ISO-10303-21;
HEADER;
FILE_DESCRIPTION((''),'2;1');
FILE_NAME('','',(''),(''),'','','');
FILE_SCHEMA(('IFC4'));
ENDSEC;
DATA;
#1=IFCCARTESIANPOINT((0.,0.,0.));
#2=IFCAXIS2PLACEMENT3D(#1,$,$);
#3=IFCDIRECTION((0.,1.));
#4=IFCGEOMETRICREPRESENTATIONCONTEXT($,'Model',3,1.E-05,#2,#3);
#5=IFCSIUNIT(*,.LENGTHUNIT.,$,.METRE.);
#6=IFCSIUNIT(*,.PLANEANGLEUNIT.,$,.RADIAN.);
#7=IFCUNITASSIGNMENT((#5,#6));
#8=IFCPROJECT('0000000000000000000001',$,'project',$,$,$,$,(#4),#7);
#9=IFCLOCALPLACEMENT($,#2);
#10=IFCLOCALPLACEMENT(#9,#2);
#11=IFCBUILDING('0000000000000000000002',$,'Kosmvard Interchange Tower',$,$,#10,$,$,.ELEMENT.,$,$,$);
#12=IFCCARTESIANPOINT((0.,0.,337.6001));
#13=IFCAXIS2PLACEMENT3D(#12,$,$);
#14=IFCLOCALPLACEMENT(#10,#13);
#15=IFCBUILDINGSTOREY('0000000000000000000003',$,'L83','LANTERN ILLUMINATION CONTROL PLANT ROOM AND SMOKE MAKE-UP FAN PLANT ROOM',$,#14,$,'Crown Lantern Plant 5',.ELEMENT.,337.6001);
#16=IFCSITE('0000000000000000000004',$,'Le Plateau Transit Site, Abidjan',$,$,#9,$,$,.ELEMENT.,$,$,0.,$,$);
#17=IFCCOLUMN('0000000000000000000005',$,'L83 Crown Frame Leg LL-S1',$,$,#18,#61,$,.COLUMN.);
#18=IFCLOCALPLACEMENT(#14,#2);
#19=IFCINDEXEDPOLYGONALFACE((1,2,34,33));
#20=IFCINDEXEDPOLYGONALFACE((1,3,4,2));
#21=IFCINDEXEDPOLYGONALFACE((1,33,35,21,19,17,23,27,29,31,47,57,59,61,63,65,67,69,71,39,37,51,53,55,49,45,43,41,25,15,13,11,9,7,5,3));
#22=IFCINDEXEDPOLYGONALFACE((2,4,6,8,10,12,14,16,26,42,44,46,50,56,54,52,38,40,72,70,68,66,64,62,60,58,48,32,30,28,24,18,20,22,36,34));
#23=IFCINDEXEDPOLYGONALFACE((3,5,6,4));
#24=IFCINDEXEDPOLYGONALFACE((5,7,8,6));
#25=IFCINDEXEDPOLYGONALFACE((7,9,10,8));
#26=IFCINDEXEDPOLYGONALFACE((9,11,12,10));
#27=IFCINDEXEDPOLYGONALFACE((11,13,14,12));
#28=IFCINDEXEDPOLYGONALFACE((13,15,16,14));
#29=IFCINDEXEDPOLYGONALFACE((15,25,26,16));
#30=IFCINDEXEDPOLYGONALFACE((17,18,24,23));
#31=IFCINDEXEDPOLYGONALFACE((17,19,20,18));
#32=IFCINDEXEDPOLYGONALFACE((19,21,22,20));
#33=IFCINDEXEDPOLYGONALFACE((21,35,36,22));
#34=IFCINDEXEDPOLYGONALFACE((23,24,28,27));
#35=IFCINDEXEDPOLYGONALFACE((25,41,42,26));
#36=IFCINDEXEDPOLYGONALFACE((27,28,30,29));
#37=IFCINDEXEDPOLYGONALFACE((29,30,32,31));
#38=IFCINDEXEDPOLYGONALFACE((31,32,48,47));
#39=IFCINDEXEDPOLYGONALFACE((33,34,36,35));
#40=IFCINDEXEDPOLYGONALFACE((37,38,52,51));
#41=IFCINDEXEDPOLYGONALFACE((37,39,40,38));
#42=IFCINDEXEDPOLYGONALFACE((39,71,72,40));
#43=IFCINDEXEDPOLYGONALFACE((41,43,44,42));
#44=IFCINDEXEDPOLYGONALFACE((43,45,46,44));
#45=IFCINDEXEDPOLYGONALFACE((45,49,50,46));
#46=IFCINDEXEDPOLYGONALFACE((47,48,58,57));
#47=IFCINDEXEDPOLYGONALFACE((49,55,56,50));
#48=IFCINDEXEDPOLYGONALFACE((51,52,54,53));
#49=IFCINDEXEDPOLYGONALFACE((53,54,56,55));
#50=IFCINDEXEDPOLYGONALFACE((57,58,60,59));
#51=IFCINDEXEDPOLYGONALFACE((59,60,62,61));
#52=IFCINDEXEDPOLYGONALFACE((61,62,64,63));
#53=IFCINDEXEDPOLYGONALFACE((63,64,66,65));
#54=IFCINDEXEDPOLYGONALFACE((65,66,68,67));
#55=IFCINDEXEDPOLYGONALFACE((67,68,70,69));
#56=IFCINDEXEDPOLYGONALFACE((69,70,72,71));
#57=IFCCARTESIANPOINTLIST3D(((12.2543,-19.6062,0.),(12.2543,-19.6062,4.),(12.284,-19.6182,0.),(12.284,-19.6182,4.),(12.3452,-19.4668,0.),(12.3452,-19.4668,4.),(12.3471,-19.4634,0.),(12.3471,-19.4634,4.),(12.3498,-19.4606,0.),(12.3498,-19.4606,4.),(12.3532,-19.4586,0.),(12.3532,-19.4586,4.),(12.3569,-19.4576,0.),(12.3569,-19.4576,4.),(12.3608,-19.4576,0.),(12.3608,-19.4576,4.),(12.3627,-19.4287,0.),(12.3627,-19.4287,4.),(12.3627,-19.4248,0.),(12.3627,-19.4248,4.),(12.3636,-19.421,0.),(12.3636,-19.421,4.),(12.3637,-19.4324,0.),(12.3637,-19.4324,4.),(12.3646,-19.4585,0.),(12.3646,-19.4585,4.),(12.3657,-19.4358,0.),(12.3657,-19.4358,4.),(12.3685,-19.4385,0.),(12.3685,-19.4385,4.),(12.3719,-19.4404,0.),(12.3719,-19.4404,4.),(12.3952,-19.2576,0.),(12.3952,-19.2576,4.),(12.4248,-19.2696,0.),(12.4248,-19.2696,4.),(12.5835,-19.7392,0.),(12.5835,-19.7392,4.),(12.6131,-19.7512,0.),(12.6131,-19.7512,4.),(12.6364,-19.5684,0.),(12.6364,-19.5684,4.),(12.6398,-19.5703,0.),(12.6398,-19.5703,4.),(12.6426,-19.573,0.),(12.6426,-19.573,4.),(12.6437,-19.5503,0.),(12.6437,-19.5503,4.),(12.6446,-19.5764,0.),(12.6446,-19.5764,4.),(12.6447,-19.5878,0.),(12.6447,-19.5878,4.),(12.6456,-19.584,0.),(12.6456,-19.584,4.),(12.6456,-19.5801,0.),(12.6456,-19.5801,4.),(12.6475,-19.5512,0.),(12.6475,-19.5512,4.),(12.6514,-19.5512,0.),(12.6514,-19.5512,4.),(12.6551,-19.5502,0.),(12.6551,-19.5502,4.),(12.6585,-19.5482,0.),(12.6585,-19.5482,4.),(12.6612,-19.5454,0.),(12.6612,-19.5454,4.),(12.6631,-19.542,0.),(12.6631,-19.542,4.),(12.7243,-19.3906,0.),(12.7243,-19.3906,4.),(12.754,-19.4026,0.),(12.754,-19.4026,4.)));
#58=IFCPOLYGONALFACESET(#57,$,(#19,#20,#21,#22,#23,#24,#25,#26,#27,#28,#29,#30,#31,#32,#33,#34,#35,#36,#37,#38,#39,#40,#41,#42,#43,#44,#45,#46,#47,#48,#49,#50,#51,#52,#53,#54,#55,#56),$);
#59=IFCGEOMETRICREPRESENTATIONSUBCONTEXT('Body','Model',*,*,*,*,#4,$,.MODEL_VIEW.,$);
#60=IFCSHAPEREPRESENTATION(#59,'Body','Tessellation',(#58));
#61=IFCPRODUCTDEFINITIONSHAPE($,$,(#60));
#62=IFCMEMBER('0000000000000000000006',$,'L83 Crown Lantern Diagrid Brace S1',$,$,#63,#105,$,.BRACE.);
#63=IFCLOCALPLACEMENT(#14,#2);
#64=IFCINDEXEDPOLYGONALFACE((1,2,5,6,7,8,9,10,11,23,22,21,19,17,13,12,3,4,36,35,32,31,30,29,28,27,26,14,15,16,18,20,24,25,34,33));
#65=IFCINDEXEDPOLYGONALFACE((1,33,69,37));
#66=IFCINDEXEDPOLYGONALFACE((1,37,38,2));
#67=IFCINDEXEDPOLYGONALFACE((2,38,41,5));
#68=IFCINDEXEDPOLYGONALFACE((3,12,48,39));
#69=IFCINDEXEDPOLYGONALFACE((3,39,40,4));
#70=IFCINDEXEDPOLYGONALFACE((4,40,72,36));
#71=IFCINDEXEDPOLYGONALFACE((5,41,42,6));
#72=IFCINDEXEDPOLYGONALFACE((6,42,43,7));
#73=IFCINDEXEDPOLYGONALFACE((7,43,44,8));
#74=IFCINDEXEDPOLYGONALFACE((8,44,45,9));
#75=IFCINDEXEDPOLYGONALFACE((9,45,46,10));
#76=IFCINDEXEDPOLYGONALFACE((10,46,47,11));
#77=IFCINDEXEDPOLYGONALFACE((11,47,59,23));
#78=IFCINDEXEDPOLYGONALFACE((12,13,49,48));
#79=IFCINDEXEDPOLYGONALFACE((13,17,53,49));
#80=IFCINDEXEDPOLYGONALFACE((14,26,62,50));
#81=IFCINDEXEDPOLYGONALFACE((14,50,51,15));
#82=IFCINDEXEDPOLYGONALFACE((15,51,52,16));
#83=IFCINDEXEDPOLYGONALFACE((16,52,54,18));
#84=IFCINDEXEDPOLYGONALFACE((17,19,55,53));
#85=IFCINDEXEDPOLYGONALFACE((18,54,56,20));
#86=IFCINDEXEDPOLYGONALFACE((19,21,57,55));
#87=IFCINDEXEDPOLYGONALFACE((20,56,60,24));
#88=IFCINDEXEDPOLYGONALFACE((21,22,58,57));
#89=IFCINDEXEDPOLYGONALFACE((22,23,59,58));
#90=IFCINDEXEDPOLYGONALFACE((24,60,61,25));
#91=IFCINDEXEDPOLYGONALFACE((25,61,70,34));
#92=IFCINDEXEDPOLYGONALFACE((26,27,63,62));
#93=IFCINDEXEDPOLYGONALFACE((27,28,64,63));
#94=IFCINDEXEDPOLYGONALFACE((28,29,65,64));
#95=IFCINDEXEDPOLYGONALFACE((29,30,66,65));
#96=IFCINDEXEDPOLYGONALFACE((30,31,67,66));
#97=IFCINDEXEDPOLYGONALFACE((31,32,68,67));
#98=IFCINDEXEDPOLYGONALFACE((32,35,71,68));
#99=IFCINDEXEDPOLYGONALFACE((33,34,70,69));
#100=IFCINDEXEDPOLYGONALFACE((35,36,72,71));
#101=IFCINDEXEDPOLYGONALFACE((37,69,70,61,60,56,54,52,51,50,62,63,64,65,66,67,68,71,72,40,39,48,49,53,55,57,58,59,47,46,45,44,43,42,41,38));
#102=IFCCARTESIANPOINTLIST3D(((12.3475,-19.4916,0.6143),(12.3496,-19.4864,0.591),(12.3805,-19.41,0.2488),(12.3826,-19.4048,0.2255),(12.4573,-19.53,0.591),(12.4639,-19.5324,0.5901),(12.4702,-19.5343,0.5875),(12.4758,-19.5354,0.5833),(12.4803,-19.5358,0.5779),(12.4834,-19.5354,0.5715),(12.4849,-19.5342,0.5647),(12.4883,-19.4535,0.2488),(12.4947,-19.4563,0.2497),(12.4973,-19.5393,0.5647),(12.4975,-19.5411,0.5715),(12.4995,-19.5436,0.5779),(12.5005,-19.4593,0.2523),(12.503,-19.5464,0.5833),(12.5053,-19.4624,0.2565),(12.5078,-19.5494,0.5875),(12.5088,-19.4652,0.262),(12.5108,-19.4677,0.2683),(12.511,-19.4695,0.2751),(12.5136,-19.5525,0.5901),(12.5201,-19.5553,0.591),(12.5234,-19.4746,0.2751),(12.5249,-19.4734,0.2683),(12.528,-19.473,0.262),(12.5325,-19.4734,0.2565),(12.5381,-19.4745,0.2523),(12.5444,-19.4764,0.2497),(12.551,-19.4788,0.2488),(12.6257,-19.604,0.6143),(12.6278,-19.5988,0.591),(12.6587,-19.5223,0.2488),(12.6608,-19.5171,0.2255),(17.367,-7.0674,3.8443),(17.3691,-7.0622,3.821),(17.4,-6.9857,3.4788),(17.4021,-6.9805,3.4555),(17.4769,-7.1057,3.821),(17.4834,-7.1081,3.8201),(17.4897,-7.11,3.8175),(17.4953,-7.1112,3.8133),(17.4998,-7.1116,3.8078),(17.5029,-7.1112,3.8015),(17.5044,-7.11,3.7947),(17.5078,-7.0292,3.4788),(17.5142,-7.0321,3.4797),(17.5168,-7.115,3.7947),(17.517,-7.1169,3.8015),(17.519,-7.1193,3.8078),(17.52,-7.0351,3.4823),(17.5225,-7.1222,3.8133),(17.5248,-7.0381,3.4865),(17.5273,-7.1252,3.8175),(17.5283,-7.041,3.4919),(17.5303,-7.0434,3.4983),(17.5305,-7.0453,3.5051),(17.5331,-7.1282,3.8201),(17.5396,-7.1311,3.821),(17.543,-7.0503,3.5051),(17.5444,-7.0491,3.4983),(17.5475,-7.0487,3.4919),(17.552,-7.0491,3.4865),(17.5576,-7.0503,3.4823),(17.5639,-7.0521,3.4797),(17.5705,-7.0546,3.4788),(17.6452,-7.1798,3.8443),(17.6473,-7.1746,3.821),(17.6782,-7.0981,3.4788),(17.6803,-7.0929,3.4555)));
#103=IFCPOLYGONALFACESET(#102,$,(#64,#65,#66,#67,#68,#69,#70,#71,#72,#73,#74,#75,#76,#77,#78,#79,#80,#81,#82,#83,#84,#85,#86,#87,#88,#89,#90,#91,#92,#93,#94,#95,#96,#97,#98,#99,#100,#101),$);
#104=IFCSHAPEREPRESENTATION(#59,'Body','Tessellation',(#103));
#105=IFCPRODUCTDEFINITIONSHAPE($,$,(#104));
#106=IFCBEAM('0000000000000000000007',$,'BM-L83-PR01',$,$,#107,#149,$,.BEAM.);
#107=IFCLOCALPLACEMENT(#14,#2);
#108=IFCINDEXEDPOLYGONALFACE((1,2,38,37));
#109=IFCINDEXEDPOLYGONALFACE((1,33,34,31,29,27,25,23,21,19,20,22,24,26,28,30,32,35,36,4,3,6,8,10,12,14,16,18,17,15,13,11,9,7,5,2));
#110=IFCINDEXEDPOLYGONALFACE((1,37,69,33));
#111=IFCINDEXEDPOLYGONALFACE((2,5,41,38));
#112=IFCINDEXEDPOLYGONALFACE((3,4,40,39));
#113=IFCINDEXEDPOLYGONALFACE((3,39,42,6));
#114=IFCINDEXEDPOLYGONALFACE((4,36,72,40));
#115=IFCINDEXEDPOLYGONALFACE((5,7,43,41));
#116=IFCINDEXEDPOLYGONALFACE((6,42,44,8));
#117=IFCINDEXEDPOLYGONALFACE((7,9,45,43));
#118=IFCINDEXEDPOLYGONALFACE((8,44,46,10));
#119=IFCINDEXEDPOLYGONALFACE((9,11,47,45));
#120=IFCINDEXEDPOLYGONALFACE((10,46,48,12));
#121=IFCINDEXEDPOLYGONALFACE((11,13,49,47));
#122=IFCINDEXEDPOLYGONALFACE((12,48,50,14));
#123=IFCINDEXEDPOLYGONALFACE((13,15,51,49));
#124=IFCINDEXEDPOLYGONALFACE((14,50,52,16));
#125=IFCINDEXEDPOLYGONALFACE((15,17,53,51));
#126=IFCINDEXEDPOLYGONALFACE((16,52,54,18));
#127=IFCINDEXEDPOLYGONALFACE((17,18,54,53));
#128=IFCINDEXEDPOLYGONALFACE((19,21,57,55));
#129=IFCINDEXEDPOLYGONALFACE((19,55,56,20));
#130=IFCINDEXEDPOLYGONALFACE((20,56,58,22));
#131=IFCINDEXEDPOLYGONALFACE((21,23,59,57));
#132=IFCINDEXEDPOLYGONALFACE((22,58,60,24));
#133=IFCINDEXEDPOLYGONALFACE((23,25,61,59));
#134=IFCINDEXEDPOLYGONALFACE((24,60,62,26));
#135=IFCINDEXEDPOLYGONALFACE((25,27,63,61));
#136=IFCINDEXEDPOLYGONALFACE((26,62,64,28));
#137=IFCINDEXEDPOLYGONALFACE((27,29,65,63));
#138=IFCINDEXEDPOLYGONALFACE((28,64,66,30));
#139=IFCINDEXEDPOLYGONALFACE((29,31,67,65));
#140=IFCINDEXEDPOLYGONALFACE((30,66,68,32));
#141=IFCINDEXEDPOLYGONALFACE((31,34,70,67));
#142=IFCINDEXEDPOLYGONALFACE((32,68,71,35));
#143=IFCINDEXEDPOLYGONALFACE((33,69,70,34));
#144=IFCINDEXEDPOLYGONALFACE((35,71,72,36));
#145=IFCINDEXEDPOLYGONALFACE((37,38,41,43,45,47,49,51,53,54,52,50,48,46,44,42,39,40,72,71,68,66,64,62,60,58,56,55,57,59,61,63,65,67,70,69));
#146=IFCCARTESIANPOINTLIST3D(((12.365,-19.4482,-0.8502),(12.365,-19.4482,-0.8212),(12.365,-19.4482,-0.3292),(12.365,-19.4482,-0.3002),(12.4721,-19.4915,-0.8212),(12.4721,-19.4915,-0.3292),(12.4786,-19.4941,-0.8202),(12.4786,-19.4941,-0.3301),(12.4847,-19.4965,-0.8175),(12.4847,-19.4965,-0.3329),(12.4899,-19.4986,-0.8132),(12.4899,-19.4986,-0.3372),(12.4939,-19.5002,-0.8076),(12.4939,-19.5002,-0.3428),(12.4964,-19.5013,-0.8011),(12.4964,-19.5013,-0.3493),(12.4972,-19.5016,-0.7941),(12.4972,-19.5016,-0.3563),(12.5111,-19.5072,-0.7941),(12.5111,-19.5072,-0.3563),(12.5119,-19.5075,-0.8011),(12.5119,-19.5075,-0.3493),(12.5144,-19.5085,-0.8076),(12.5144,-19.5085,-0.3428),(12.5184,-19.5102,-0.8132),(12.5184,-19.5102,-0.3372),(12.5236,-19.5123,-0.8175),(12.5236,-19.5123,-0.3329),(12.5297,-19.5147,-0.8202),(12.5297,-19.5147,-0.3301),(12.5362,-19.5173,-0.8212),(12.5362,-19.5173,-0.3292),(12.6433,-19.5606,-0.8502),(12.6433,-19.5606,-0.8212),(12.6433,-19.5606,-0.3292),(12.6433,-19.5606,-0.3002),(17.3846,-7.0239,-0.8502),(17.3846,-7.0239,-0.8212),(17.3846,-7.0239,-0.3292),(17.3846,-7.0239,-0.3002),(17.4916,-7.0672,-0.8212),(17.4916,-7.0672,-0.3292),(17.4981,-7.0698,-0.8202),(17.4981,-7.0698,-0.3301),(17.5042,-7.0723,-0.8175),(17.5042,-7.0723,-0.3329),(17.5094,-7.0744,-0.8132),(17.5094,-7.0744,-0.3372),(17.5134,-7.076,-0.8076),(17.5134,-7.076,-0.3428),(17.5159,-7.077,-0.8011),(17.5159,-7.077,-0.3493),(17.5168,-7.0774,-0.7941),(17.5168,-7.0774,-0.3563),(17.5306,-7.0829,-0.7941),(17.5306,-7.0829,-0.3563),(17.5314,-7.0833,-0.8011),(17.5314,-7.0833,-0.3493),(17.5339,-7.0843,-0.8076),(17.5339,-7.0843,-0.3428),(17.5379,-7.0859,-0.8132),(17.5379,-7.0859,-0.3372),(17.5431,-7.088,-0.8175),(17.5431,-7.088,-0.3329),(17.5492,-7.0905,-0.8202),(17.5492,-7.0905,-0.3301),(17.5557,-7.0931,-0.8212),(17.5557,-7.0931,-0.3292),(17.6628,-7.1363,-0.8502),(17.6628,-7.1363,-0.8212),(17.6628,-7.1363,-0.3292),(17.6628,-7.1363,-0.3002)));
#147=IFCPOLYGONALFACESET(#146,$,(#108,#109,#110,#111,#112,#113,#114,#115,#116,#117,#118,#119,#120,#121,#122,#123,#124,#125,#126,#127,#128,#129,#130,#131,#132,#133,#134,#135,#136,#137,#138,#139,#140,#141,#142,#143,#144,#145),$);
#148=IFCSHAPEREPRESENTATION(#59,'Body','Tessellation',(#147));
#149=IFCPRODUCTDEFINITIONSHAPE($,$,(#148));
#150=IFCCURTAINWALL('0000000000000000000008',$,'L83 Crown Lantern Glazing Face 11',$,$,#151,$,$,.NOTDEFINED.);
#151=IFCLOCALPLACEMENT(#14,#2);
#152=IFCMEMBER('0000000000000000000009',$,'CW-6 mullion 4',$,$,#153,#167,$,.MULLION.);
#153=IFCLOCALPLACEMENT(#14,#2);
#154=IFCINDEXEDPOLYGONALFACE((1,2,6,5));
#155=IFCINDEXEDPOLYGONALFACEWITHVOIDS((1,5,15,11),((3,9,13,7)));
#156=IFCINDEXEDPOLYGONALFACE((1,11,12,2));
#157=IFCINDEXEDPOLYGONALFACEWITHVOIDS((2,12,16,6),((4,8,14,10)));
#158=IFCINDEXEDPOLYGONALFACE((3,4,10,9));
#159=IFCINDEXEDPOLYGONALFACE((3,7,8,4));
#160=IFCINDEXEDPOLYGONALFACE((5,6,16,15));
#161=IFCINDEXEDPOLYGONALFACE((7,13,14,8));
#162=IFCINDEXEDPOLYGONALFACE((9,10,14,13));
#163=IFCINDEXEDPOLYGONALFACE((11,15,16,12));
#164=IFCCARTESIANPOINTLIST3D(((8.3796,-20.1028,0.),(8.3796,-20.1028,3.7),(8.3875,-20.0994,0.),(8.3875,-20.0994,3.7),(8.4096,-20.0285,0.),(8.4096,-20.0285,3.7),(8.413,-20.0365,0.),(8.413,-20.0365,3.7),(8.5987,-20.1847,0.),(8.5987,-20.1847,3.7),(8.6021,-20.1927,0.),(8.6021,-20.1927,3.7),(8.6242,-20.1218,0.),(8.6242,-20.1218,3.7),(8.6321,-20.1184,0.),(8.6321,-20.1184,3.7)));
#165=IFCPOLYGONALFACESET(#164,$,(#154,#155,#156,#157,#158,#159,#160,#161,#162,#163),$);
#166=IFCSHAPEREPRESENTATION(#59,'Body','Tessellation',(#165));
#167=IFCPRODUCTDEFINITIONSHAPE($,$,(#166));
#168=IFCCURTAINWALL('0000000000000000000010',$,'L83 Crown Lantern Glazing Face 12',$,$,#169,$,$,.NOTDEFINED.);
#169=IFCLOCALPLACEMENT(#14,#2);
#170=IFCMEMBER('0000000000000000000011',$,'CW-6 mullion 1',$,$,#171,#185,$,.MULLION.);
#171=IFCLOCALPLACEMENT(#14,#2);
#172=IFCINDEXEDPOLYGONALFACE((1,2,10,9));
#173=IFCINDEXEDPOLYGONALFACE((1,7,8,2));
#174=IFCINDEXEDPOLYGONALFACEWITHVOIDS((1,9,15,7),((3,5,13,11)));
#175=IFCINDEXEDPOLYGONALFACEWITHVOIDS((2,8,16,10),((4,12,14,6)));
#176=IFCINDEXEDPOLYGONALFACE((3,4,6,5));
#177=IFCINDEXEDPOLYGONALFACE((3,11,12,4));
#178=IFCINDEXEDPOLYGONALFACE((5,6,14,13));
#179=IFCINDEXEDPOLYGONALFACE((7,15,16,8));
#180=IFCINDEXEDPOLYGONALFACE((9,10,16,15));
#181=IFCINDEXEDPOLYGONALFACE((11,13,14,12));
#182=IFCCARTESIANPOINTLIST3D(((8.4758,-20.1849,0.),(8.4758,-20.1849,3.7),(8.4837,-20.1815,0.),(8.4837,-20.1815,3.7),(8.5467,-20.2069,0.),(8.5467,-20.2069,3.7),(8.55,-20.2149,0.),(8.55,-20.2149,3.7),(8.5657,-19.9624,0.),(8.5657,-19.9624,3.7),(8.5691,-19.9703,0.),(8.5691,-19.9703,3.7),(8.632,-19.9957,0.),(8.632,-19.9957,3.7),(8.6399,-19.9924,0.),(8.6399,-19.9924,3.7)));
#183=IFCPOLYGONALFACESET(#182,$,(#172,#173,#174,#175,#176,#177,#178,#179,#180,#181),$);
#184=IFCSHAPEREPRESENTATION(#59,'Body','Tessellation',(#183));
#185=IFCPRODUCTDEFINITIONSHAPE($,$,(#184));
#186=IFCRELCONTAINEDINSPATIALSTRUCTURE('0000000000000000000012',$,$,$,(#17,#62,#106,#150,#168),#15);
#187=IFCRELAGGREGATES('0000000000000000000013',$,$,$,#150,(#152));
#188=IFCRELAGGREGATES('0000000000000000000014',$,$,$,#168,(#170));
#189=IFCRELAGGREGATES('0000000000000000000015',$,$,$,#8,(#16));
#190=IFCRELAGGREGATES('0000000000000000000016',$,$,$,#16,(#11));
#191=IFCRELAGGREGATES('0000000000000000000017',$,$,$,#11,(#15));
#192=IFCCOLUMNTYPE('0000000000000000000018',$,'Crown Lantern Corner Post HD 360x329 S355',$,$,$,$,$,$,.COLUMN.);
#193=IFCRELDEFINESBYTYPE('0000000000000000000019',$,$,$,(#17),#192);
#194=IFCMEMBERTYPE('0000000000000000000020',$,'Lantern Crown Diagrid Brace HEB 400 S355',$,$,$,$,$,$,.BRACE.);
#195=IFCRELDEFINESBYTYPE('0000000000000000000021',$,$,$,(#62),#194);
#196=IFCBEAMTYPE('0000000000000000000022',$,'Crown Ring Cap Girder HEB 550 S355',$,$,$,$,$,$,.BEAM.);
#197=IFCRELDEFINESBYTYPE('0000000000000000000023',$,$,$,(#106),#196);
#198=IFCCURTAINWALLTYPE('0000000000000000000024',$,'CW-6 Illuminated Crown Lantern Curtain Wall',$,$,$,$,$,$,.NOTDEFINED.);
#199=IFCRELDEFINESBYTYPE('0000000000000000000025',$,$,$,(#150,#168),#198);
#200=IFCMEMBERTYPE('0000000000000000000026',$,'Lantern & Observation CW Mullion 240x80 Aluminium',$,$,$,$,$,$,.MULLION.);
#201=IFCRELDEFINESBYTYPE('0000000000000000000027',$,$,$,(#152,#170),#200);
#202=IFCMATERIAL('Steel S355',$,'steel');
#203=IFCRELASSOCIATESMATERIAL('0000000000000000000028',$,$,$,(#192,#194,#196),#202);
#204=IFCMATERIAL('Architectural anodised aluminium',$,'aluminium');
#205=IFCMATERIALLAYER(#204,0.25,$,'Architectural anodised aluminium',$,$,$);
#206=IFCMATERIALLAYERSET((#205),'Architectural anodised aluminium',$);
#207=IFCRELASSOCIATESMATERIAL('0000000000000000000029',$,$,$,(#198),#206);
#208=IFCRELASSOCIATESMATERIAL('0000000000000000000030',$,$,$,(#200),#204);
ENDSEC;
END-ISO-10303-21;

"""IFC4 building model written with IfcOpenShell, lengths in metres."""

from ifc_helpers import new_model, si_unit, direction, frame, origin, origin_2d, place, context, subcontext, project, spatial, hollow_rectangle, i_section, extrude, source, transform, mapped, material, layer, layer_set, material_profile, profile_set, type_object, element, aggregate, save


model = new_model("IFC4")

# Units and contexts
model_context = context("Model", 3, precision=1e-05, world=origin(), true_north=direction((0.0, 1.0)))
body_context = subcontext(model_context, "Body", "Model", "MODEL_VIEW")
ifc_project = project(units=[si_unit("LENGTHUNIT", "METRE"), si_unit("PLANEANGLEUNIT", "RADIAN")], contexts=[model_context])

# Site, building, storey
site_placement = place(None, origin())
site = spatial("IfcSite", under=ifc_project, at=site_placement, Name="Le Plateau Transit Site, Abidjan", CompositionType="ELEMENT", RefElevation=0.0)
building_placement = place(site_placement, origin())
building = spatial("IfcBuilding", under=site, at=building_placement, Name="Kosmvard Interchange Tower", CompositionType="ELEMENT")
storey_placement = place(building_placement, frame((0.0, 0.0, 337.6001)))
storey = spatial("IfcBuildingStorey", under=building, at=storey_placement, Name="L83", Description="LANTERN ILLUMINATION CONTROL PLANT ROOM AND SMOKE MAKE-UP FAN PLANT ROOM", LongName="Crown Lantern Plant 5", CompositionType="ELEMENT", Elevation=337.6001)

# Column
ifc_material_1 = material(Name="Steel S355", Category="steel")
ifc_material_profile_1 = material_profile(ifc_material_1, i_section(OverallWidth=0.376, OverallDepth=0.387, WebThickness=0.0195, FlangeThickness=0.032, FilletRadius=0.0149, at=origin_2d()), Name="HD 360x329")
ifc_profile_set_1 = profile_set([ifc_material_profile_1], Name="Steel S355")
column_type = type_object("IfcColumnType", Name="Crown Lantern Corner Post HD 360x329 S355", PredefinedType="COLUMN", material=ifc_profile_set_1)
shared_shape_1 = source(origin(), body_context, "Body", "SweptSolid", [
    extrude(i_section(OverallWidth=0.376, OverallDepth=0.387, WebThickness=0.0195, FlangeThickness=0.032, FilletRadius=0.0149, at=origin_2d()), origin(), (0.0, 0.0, 1.0), 4.0),
])
column_placement = place(storey_placement, frame((12.5042, -19.5044, 0.0), z_axis=(0.0, 0.0, 1.0), x_axis=(0.374607, 0.927184, 0.0)))
element("IfcColumn", 1, at=column_placement, inside=storey, type_object=column_type, Name="L83 Crown Frame Leg LL-S1", PredefinedType="COLUMN", context=body_context, shape_type="MappedRepresentation", body=[
    mapped(shared_shape_1, transform((0.0, 0.0, 0.0), scale=1.0)),
])

# Member
ifc_material_profile_2 = material_profile(ifc_material_1, i_section(OverallWidth=0.3, OverallDepth=0.3999, WebThickness=0.0134, FlangeThickness=0.0239, FilletRadius=0.0271, at=origin_2d()), Name="HEB 400")
ifc_profile_set_2 = profile_set([ifc_material_profile_2], Name="Steel S355")
member_type_1 = type_object("IfcMemberType", Name="Lantern Crown Diagrid Brace HEB 400 S355", PredefinedType="BRACE", material=ifc_profile_set_2)
shared_shape_2 = source(origin(), body_context, "Body", "SweptSolid", [
    extrude(i_section(OverallWidth=0.3, OverallDepth=0.3999, WebThickness=0.0134, FlangeThickness=0.0239, FilletRadius=0.0271, at=origin_2d()), origin(), (0.0, 0.0, 1.0), 13.7837),
])
member_1_placement = place(storey_placement, frame((12.5042, -19.5044, 0.4199), z_axis=(0.364163, 0.901373, 0.234332), x_axis=(-0.92719, 0.374593, 0.0)))
element("IfcMember", 2, at=member_1_placement, inside=storey, type_object=member_type_1, Name="L83 Crown Lantern Diagrid Brace S1", PredefinedType="BRACE", context=body_context, shape_type="MappedRepresentation", body=[
    mapped(shared_shape_2, transform((0.0, 0.0, 0.0), scale=1.0)),
])

# Beam
ifc_material_profile_3 = material_profile(ifc_material_1, i_section(OverallWidth=0.3, OverallDepth=0.55, WebThickness=0.0149, FlangeThickness=0.0291, FilletRadius=0.0271, at=origin_2d()), Name="HEB 550")
ifc_profile_set_3 = profile_set([ifc_material_profile_3], Name="Steel S355")
beam_type = type_object("IfcBeamType", Name="Crown Ring Cap Girder HEB 550 S355", PredefinedType="BEAM", material=ifc_profile_set_3)
shared_shape_3 = source(origin(), body_context, "Body", "SweptSolid", [
    extrude(i_section(OverallWidth=0.3, OverallDepth=0.55, WebThickness=0.0149, FlangeThickness=0.0291, FilletRadius=0.0271, at=origin_2d()), origin(), (0.0, 0.0, 1.0), 13.3999),
])
beam_placement = place(storey_placement, frame((12.5042, -19.5044, -0.5752), z_axis=(0.374593, 0.92719, 0.0), x_axis=(-0.92719, 0.374593, 0.0)))
element("IfcBeam", 3, at=beam_placement, inside=storey, type_object=beam_type, Name="BM-L83-PR01", PredefinedType="BEAM", context=body_context, shape_type="MappedRepresentation", body=[
    mapped(shared_shape_3, transform((0.0, 0.0, 0.0), scale=1.0)),
])

# Curtain wall, member
ifc_material_2 = material(Name="Architectural anodised aluminium", Category="aluminium")
ifc_layer_1 = layer(ifc_material_2, 0.25, Name="Architectural anodised aluminium")
ifc_layer_set_1 = layer_set([ifc_layer_1], Name="Architectural anodised aluminium")
curtain_wall_type = type_object("IfcCurtainWallType", Name="CW-6 Illuminated Crown Lantern Curtain Wall", PredefinedType="NOTDEFINED", material=ifc_layer_set_1)
curtain_wall_1_placement = place(storey_placement, origin())
curtain_wall_1 = element("IfcCurtainWall", 4, at=curtain_wall_1_placement, inside=storey, type_object=curtain_wall_type, Name="L83 Crown Lantern Glazing Face 11", PredefinedType="NOTDEFINED")
ifc_material_profile_4 = material_profile(ifc_material_2, hollow_rectangle(XDim=0.24, YDim=0.0801, WallThickness=0.0061, at=origin_2d()), Name="CWM 240x80x6")
ifc_profile_set_4 = profile_set([ifc_material_profile_4], Name="Architectural anodised aluminium")
member_type_2 = type_object("IfcMemberType", Name="Lantern & Observation CW Mullion 240x80 Aluminium", PredefinedType="MULLION", material=ifc_profile_set_4)
shared_shape_4 = source(origin(), body_context, "Body", "SweptSolid", [
    extrude(hollow_rectangle(XDim=0.24, YDim=0.0801, WallThickness=0.0061, at=origin_2d()), origin(), (0.0, 0.0, 1.0), 3.7),
])
member_2_placement = place(storey_placement, frame((8.5059, -20.1106, 0.0), z_axis=(0.0, 0.0, 1.0), x_axis=(-0.927184, 0.374607, 0.0)))
member_2 = element("IfcMember", 5, at=member_2_placement, type_object=member_type_2, Name="CW-6 mullion 4", PredefinedType="MULLION", context=body_context, shape_type="MappedRepresentation", body=[
    mapped(shared_shape_4, transform((0.0, 0.0, 0.0), scale=1.0)),
])

# Curtain wall, member
curtain_wall_2_placement = place(storey_placement, origin())
curtain_wall_2 = element("IfcCurtainWall", 6, at=curtain_wall_2_placement, inside=storey, type_object=curtain_wall_type, Name="L83 Crown Lantern Glazing Face 12", PredefinedType="NOTDEFINED")
member_3_placement = place(storey_placement, frame((8.5579, -20.0886, 0.0), z_axis=(0.0, 0.0, 1.0), x_axis=(0.374607, 0.927184, 0.0)))
member_3 = element("IfcMember", 7, at=member_3_placement, type_object=member_type_2, Name="CW-6 mullion 1", PredefinedType="MULLION", context=body_context, shape_type="MappedRepresentation", body=[
    mapped(shared_shape_4, transform((0.0, 0.0, 0.0), scale=1.0)),
])

aggregate(curtain_wall_1, [member_2])
aggregate(curtain_wall_2, [member_3])

save(model, "model.ifc")
